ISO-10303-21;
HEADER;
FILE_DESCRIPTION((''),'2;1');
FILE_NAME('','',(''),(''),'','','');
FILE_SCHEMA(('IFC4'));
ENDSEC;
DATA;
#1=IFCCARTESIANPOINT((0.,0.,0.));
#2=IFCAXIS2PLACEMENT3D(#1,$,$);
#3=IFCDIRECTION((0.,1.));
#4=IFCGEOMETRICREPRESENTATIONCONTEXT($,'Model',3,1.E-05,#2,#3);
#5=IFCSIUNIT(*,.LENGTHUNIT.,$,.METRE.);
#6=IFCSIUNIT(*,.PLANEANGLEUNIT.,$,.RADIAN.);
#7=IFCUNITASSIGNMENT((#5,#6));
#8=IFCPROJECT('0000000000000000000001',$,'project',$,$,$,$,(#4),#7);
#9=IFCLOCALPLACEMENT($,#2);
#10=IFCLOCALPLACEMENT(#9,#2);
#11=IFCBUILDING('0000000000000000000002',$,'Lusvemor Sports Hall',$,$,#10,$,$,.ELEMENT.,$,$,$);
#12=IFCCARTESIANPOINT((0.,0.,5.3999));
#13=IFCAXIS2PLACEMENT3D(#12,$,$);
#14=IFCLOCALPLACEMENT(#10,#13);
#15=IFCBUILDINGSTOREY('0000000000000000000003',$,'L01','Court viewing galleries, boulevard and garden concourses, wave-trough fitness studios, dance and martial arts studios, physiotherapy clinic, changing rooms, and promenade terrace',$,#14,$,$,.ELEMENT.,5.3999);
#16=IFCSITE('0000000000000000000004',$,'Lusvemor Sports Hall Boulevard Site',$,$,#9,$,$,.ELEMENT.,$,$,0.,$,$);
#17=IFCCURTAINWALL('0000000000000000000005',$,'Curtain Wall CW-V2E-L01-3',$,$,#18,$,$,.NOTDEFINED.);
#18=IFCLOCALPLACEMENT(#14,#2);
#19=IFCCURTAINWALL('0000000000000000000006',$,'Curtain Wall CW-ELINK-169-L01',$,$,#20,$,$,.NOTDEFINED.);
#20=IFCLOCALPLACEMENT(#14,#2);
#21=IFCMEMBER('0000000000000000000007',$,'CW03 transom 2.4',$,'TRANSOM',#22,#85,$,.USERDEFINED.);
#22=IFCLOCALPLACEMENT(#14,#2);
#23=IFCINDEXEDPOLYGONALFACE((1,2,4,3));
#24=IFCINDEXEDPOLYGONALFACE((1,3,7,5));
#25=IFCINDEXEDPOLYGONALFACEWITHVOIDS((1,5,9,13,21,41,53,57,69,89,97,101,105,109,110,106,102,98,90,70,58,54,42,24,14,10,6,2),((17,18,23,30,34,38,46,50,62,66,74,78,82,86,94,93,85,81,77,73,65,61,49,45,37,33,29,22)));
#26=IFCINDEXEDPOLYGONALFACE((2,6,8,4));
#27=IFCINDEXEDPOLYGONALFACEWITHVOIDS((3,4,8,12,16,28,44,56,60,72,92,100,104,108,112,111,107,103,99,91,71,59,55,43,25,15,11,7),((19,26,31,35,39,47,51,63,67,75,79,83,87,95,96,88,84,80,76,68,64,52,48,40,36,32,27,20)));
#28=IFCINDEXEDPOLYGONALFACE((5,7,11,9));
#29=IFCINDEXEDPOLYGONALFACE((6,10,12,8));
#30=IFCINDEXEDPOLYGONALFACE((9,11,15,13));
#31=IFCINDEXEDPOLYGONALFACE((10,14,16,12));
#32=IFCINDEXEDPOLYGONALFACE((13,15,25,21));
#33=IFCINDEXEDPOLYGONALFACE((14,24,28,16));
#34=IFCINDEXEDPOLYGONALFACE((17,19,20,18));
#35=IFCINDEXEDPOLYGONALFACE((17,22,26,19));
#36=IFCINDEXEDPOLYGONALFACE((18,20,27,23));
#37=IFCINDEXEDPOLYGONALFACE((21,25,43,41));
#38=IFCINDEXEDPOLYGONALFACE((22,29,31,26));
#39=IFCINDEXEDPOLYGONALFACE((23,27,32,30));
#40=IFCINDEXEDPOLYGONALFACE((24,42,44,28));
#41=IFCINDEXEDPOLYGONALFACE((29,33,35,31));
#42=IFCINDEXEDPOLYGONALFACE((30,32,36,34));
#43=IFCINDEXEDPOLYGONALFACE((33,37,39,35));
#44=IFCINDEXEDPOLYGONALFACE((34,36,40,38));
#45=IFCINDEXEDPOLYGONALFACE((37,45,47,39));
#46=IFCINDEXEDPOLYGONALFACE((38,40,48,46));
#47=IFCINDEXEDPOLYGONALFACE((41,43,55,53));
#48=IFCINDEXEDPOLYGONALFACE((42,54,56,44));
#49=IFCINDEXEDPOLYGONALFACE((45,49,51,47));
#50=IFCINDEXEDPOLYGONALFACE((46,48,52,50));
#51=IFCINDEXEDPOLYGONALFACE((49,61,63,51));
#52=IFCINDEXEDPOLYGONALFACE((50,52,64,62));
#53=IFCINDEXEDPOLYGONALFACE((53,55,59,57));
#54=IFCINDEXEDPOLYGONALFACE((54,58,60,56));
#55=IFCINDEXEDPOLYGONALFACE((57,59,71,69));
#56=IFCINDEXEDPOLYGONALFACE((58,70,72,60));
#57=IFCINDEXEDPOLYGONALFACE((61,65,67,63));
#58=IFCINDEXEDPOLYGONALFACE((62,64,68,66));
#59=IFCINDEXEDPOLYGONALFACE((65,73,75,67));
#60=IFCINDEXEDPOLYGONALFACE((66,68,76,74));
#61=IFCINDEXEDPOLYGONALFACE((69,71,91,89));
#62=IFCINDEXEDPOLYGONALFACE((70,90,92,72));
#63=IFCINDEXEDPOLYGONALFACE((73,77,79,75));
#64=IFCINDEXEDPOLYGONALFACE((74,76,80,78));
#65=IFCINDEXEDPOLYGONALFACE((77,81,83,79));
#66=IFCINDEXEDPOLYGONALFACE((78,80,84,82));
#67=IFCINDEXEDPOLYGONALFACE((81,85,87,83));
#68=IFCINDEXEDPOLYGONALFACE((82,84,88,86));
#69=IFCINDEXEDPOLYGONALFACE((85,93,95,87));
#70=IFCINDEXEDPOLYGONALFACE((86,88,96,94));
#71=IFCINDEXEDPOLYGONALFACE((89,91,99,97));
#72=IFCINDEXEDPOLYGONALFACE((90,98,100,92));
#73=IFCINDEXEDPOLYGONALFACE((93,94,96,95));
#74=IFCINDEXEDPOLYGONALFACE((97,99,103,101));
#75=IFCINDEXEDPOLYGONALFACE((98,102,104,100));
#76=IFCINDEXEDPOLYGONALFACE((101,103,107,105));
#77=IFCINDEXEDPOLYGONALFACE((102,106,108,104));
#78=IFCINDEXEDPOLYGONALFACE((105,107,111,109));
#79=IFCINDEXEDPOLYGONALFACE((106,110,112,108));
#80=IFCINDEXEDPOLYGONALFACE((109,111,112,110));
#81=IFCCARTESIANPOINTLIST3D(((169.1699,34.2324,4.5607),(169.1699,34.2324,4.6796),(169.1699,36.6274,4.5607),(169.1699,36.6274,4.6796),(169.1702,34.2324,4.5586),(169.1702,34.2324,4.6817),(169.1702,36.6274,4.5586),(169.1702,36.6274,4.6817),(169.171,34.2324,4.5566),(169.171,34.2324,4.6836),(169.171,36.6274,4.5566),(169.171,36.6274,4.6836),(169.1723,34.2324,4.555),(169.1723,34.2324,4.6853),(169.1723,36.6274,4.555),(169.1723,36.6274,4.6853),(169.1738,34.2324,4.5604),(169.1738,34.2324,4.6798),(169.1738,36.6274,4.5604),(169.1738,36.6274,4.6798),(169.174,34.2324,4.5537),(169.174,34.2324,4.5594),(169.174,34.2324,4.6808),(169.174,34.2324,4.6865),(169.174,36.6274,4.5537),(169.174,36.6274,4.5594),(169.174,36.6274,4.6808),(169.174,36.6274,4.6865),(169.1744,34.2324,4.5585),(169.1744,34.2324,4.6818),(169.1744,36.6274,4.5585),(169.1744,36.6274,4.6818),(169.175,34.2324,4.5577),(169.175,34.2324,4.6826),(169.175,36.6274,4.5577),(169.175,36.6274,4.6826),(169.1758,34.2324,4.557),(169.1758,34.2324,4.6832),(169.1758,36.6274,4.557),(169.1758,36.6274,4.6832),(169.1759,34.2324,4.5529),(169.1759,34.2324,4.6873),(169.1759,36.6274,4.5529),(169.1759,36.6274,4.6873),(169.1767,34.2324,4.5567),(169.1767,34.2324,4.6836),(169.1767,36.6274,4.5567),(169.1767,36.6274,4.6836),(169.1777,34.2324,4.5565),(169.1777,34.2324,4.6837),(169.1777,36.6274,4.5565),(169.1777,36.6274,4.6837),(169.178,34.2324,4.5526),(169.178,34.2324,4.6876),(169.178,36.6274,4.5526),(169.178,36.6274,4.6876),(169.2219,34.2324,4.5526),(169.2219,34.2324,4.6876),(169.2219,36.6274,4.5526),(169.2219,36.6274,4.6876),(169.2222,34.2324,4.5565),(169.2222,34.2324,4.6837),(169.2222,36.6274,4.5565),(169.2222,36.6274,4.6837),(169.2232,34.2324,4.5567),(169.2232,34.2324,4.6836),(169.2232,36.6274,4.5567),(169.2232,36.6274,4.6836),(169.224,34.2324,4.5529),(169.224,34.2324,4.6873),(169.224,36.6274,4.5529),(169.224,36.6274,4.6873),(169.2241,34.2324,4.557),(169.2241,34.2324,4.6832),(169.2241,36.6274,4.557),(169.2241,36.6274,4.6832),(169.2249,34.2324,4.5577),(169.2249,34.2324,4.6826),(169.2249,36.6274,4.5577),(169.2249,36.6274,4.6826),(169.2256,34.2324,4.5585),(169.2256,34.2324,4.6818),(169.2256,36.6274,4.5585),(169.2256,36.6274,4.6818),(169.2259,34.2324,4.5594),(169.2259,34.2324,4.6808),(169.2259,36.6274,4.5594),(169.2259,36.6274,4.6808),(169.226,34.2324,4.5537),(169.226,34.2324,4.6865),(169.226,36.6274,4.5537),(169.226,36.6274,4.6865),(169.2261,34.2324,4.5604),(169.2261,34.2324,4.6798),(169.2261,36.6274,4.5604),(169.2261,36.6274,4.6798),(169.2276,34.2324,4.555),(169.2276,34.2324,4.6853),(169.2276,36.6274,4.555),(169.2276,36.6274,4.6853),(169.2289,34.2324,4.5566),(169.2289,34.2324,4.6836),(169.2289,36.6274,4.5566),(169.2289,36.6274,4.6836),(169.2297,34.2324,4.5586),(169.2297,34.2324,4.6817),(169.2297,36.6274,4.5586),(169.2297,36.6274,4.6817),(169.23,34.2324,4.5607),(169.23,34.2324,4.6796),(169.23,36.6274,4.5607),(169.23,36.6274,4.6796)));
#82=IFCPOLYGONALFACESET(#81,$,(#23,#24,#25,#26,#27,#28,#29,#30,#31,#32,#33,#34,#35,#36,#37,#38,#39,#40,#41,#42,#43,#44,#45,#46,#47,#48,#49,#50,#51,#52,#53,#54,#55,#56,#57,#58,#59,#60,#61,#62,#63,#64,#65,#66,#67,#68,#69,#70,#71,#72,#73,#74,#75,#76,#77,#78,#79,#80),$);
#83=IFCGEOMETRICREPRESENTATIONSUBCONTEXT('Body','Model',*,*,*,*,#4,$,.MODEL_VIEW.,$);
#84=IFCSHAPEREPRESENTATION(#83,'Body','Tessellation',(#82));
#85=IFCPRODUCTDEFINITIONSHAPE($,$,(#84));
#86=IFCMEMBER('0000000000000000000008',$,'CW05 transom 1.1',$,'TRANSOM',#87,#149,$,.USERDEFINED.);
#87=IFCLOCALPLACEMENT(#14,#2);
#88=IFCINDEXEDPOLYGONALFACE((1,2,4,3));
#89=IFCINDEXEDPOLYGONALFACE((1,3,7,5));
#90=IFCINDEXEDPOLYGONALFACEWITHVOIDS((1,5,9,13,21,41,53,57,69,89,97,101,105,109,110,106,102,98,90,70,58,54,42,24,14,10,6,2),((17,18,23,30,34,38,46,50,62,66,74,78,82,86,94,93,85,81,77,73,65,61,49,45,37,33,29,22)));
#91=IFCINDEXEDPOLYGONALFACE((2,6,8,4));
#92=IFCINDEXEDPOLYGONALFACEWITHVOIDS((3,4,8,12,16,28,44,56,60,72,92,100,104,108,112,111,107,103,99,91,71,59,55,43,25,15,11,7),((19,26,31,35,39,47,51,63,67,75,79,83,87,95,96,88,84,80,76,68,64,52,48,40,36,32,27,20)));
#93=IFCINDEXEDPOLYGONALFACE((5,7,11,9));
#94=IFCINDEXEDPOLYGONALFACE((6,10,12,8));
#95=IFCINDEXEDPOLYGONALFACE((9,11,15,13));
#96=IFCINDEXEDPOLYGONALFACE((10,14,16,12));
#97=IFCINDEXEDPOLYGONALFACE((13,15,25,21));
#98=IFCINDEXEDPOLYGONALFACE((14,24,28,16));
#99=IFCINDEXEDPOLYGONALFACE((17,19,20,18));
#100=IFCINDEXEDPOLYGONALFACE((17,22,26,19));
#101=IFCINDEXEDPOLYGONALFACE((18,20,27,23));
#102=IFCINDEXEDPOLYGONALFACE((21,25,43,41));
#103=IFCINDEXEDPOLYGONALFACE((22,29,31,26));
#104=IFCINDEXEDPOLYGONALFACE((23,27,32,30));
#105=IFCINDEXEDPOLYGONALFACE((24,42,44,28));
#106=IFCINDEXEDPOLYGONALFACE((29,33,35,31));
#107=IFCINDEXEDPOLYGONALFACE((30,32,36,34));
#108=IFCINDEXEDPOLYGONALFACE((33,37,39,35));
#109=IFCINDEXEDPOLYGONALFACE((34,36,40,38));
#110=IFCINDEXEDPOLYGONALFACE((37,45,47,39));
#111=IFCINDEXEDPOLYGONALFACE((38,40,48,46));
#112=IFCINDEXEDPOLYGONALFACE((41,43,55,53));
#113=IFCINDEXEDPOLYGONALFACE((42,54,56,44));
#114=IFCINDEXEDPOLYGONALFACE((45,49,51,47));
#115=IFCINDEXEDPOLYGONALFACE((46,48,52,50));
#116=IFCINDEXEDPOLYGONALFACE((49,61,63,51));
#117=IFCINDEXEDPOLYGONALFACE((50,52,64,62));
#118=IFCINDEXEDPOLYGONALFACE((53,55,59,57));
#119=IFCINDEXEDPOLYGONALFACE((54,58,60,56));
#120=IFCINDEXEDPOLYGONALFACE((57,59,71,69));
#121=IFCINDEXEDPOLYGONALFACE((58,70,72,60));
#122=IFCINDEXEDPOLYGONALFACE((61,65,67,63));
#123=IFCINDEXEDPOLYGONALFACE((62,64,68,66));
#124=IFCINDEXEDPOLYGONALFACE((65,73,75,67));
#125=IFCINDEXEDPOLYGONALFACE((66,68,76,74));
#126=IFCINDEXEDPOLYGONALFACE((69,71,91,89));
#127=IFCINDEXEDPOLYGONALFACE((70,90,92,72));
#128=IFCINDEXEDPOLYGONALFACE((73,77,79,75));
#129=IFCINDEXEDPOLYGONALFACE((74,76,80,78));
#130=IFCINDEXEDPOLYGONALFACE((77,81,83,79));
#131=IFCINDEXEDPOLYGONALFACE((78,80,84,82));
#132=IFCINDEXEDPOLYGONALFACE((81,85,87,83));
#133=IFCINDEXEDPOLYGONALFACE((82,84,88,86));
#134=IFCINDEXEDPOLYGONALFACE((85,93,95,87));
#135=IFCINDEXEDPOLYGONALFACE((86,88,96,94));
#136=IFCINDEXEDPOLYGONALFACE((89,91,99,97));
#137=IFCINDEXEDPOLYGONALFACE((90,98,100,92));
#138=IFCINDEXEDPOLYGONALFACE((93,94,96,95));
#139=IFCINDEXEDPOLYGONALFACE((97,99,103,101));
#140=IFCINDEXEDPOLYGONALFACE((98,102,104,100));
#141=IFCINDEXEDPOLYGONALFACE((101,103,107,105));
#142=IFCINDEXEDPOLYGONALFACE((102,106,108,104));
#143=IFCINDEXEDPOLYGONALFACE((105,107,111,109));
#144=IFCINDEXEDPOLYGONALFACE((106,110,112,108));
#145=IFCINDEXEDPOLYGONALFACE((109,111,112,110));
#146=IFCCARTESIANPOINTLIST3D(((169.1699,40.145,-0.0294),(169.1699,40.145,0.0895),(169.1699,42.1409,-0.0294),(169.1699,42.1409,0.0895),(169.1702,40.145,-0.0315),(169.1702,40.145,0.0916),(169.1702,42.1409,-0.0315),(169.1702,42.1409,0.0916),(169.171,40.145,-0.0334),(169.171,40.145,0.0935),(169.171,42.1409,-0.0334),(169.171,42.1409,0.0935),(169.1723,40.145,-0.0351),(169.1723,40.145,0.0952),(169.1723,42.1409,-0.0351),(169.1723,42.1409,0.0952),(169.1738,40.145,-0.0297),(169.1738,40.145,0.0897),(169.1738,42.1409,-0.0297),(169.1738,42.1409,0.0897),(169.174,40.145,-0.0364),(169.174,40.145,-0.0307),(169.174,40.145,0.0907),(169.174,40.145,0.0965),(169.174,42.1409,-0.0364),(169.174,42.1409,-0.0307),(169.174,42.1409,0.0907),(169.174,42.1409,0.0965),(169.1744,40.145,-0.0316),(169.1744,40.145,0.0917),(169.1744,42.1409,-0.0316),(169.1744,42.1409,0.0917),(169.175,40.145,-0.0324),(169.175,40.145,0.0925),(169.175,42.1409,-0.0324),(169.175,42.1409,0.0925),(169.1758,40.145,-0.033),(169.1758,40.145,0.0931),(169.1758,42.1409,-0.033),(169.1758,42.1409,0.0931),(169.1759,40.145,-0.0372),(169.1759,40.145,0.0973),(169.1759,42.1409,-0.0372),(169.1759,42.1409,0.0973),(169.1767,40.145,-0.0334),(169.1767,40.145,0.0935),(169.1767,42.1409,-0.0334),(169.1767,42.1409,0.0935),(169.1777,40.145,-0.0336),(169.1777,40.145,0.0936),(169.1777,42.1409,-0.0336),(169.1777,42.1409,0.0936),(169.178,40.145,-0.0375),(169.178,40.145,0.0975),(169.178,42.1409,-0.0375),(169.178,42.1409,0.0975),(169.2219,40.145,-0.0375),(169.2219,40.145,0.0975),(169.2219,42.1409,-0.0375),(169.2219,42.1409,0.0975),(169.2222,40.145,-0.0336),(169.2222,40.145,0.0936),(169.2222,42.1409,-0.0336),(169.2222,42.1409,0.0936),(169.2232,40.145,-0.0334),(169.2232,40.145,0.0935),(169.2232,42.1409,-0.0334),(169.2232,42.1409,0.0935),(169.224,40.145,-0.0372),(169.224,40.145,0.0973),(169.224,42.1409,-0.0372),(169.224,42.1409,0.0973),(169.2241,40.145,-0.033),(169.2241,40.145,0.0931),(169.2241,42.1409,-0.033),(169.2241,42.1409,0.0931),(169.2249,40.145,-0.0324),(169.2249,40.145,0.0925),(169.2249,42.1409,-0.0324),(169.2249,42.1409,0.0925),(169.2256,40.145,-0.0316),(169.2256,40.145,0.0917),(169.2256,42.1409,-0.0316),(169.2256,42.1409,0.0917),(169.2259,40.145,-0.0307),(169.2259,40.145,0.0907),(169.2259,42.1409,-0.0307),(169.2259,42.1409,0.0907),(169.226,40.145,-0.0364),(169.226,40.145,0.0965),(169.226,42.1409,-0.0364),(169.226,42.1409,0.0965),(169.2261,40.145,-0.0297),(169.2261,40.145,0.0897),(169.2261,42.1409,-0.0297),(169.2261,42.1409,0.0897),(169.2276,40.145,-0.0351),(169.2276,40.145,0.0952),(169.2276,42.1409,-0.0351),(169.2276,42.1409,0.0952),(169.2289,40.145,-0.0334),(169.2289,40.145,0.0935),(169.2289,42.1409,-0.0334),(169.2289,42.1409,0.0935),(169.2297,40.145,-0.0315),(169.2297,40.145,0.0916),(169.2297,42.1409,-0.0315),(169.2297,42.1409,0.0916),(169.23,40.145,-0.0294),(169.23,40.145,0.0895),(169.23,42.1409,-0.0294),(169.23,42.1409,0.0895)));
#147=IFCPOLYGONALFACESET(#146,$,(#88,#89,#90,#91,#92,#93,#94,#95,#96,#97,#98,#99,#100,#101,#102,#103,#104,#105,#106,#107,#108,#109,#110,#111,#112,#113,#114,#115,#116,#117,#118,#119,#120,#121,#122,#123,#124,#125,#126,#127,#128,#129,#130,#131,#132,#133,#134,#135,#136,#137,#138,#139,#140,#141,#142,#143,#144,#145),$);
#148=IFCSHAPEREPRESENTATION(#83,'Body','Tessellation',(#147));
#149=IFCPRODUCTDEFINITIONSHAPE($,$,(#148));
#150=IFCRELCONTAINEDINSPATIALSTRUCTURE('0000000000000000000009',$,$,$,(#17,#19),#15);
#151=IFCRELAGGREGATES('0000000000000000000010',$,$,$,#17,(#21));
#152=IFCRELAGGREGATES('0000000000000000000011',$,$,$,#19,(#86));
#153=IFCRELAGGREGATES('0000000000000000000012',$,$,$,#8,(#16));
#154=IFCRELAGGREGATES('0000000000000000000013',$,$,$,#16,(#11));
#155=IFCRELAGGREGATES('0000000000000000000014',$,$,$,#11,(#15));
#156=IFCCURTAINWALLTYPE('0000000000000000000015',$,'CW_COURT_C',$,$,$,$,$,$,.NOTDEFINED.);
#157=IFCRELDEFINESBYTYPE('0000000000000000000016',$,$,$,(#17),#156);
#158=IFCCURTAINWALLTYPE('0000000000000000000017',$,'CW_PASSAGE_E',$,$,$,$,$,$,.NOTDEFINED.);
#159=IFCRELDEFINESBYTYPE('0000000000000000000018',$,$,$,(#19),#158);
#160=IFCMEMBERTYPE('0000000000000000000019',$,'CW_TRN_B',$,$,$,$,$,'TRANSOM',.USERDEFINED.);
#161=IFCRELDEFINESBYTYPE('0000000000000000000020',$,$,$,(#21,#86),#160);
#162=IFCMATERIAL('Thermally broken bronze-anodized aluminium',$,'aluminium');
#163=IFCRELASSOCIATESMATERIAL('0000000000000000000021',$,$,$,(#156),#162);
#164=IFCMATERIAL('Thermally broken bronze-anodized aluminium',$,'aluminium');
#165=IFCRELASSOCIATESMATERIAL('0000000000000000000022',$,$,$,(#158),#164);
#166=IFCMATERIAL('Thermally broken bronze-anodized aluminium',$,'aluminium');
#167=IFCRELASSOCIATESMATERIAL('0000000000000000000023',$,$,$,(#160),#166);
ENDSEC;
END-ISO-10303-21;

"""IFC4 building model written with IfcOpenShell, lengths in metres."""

from ifc_helpers import new_model, si_unit, direction, frame, origin, origin_2d, place, context, subcontext, project, spatial, hollow_rectangle, extrude, material, material_profile, profile_set, type_object, element, aggregate, save


model = new_model("IFC4")

# Units and contexts
model_context = context("Model", 3, precision=1e-05, world=origin(), true_north=direction((0.0, 1.0)))
body_context = subcontext(model_context, "Body", "Model", "MODEL_VIEW")
ifc_project = project(units=[si_unit("LENGTHUNIT", "METRE"), si_unit("PLANEANGLEUNIT", "RADIAN")], contexts=[model_context])

# Site, building, storey
site_placement = place(None, origin())
site = spatial("IfcSite", under=ifc_project, at=site_placement, Name="Lusvemor Sports Hall Boulevard Site", CompositionType="ELEMENT", RefElevation=0.0)
building_placement = place(site_placement, origin())
building = spatial("IfcBuilding", under=site, at=building_placement, Name="Lusvemor Sports Hall", CompositionType="ELEMENT")
storey_placement = place(building_placement, frame((0.0, 0.0, 5.3999)))
storey = spatial("IfcBuildingStorey", under=building, at=storey_placement, Name="L01", Description="Court viewing galleries, boulevard and garden concourses, wave-trough fitness studios, dance and martial arts studios, physiotherapy clinic, changing rooms, and promenade terrace", CompositionType="ELEMENT", Elevation=5.3999)

# Curtain walls
ifc_material_1 = material(Name="Thermally broken bronze-anodized aluminium", Category="aluminium")
curtain_wall_type_1 = type_object("IfcCurtainWallType", Name="CW_COURT_C", PredefinedType="NOTDEFINED", material=ifc_material_1)
curtain_wall_1_placement = place(storey_placement, origin())
curtain_wall_1 = element("IfcCurtainWall", 1, at=curtain_wall_1_placement, inside=storey, type_object=curtain_wall_type_1, Name="Curtain Wall CW-V2E-L01-3", PredefinedType="NOTDEFINED")
ifc_material_2 = material(Name="Thermally broken bronze-anodized aluminium", Category="aluminium")
curtain_wall_type_2 = type_object("IfcCurtainWallType", Name="CW_PASSAGE_E", PredefinedType="NOTDEFINED", material=ifc_material_2)
curtain_wall_2_placement = place(storey_placement, origin())
curtain_wall_2 = element("IfcCurtainWall", 2, at=curtain_wall_2_placement, inside=storey, type_object=curtain_wall_type_2, Name="Curtain Wall CW-ELINK-169-L01", PredefinedType="NOTDEFINED")

# Members
ifc_material_3 = material(Name="Thermally broken bronze-anodized aluminium", Category="aluminium")
ifc_material_profile_1 = material_profile(ifc_material_3, hollow_rectangle(XDim=0.0601, YDim=0.135, WallThickness=0.0039, InnerFilletRadius=0.0039, OuterFilletRadius=0.0081, at=origin_2d()), Name="CWTRN135x60x4")
ifc_profile_set_1 = profile_set([ifc_material_profile_1], Name="Thermally broken bronze-anodized aluminium")
member_type_1 = type_object("IfcMemberType", Name="CW_TRN_B", ElementType="TRANSOM", PredefinedType="USERDEFINED", material=ifc_profile_set_1)
member_1_placement = place(storey_placement, frame((169.2, 36.6274, 4.6201), z_axis=(0.0, -1.0, 0.0), x_axis=(1.0, 0.0, 0.0)))
member_1 = element("IfcMember", 3, at=member_1_placement, type_object=member_type_1, Name="CW03 transom 2.4", ObjectType="TRANSOM", PredefinedType="USERDEFINED", context=body_context, shape_type="SweptSolid", body=[
    extrude(hollow_rectangle(XDim=0.0601, YDim=0.135, WallThickness=0.0039, InnerFilletRadius=0.0039, OuterFilletRadius=0.0081, at=origin_2d()), origin(), (0.0, 0.0, 1.0), 2.395),
])
member_2_placement = place(storey_placement, frame((169.2, 40.145, 0.03), z_axis=(0.0, 1.0, 0.0), x_axis=(-1.0, 0.0, 0.0)))
member_2 = element("IfcMember", 4, at=member_2_placement, type_object=member_type_1, Name="CW05 transom 1.1", ObjectType="TRANSOM", PredefinedType="USERDEFINED", context=body_context, shape_type="SweptSolid", body=[
    extrude(hollow_rectangle(XDim=0.0601, YDim=0.135, WallThickness=0.0039, InnerFilletRadius=0.0039, OuterFilletRadius=0.0081, at=origin_2d()), origin(), (0.0, 0.0, 1.0), 1.9958),
])

aggregate(curtain_wall_1, [member_1])
aggregate(curtain_wall_2, [member_2])

save(model, "model.ifc")
